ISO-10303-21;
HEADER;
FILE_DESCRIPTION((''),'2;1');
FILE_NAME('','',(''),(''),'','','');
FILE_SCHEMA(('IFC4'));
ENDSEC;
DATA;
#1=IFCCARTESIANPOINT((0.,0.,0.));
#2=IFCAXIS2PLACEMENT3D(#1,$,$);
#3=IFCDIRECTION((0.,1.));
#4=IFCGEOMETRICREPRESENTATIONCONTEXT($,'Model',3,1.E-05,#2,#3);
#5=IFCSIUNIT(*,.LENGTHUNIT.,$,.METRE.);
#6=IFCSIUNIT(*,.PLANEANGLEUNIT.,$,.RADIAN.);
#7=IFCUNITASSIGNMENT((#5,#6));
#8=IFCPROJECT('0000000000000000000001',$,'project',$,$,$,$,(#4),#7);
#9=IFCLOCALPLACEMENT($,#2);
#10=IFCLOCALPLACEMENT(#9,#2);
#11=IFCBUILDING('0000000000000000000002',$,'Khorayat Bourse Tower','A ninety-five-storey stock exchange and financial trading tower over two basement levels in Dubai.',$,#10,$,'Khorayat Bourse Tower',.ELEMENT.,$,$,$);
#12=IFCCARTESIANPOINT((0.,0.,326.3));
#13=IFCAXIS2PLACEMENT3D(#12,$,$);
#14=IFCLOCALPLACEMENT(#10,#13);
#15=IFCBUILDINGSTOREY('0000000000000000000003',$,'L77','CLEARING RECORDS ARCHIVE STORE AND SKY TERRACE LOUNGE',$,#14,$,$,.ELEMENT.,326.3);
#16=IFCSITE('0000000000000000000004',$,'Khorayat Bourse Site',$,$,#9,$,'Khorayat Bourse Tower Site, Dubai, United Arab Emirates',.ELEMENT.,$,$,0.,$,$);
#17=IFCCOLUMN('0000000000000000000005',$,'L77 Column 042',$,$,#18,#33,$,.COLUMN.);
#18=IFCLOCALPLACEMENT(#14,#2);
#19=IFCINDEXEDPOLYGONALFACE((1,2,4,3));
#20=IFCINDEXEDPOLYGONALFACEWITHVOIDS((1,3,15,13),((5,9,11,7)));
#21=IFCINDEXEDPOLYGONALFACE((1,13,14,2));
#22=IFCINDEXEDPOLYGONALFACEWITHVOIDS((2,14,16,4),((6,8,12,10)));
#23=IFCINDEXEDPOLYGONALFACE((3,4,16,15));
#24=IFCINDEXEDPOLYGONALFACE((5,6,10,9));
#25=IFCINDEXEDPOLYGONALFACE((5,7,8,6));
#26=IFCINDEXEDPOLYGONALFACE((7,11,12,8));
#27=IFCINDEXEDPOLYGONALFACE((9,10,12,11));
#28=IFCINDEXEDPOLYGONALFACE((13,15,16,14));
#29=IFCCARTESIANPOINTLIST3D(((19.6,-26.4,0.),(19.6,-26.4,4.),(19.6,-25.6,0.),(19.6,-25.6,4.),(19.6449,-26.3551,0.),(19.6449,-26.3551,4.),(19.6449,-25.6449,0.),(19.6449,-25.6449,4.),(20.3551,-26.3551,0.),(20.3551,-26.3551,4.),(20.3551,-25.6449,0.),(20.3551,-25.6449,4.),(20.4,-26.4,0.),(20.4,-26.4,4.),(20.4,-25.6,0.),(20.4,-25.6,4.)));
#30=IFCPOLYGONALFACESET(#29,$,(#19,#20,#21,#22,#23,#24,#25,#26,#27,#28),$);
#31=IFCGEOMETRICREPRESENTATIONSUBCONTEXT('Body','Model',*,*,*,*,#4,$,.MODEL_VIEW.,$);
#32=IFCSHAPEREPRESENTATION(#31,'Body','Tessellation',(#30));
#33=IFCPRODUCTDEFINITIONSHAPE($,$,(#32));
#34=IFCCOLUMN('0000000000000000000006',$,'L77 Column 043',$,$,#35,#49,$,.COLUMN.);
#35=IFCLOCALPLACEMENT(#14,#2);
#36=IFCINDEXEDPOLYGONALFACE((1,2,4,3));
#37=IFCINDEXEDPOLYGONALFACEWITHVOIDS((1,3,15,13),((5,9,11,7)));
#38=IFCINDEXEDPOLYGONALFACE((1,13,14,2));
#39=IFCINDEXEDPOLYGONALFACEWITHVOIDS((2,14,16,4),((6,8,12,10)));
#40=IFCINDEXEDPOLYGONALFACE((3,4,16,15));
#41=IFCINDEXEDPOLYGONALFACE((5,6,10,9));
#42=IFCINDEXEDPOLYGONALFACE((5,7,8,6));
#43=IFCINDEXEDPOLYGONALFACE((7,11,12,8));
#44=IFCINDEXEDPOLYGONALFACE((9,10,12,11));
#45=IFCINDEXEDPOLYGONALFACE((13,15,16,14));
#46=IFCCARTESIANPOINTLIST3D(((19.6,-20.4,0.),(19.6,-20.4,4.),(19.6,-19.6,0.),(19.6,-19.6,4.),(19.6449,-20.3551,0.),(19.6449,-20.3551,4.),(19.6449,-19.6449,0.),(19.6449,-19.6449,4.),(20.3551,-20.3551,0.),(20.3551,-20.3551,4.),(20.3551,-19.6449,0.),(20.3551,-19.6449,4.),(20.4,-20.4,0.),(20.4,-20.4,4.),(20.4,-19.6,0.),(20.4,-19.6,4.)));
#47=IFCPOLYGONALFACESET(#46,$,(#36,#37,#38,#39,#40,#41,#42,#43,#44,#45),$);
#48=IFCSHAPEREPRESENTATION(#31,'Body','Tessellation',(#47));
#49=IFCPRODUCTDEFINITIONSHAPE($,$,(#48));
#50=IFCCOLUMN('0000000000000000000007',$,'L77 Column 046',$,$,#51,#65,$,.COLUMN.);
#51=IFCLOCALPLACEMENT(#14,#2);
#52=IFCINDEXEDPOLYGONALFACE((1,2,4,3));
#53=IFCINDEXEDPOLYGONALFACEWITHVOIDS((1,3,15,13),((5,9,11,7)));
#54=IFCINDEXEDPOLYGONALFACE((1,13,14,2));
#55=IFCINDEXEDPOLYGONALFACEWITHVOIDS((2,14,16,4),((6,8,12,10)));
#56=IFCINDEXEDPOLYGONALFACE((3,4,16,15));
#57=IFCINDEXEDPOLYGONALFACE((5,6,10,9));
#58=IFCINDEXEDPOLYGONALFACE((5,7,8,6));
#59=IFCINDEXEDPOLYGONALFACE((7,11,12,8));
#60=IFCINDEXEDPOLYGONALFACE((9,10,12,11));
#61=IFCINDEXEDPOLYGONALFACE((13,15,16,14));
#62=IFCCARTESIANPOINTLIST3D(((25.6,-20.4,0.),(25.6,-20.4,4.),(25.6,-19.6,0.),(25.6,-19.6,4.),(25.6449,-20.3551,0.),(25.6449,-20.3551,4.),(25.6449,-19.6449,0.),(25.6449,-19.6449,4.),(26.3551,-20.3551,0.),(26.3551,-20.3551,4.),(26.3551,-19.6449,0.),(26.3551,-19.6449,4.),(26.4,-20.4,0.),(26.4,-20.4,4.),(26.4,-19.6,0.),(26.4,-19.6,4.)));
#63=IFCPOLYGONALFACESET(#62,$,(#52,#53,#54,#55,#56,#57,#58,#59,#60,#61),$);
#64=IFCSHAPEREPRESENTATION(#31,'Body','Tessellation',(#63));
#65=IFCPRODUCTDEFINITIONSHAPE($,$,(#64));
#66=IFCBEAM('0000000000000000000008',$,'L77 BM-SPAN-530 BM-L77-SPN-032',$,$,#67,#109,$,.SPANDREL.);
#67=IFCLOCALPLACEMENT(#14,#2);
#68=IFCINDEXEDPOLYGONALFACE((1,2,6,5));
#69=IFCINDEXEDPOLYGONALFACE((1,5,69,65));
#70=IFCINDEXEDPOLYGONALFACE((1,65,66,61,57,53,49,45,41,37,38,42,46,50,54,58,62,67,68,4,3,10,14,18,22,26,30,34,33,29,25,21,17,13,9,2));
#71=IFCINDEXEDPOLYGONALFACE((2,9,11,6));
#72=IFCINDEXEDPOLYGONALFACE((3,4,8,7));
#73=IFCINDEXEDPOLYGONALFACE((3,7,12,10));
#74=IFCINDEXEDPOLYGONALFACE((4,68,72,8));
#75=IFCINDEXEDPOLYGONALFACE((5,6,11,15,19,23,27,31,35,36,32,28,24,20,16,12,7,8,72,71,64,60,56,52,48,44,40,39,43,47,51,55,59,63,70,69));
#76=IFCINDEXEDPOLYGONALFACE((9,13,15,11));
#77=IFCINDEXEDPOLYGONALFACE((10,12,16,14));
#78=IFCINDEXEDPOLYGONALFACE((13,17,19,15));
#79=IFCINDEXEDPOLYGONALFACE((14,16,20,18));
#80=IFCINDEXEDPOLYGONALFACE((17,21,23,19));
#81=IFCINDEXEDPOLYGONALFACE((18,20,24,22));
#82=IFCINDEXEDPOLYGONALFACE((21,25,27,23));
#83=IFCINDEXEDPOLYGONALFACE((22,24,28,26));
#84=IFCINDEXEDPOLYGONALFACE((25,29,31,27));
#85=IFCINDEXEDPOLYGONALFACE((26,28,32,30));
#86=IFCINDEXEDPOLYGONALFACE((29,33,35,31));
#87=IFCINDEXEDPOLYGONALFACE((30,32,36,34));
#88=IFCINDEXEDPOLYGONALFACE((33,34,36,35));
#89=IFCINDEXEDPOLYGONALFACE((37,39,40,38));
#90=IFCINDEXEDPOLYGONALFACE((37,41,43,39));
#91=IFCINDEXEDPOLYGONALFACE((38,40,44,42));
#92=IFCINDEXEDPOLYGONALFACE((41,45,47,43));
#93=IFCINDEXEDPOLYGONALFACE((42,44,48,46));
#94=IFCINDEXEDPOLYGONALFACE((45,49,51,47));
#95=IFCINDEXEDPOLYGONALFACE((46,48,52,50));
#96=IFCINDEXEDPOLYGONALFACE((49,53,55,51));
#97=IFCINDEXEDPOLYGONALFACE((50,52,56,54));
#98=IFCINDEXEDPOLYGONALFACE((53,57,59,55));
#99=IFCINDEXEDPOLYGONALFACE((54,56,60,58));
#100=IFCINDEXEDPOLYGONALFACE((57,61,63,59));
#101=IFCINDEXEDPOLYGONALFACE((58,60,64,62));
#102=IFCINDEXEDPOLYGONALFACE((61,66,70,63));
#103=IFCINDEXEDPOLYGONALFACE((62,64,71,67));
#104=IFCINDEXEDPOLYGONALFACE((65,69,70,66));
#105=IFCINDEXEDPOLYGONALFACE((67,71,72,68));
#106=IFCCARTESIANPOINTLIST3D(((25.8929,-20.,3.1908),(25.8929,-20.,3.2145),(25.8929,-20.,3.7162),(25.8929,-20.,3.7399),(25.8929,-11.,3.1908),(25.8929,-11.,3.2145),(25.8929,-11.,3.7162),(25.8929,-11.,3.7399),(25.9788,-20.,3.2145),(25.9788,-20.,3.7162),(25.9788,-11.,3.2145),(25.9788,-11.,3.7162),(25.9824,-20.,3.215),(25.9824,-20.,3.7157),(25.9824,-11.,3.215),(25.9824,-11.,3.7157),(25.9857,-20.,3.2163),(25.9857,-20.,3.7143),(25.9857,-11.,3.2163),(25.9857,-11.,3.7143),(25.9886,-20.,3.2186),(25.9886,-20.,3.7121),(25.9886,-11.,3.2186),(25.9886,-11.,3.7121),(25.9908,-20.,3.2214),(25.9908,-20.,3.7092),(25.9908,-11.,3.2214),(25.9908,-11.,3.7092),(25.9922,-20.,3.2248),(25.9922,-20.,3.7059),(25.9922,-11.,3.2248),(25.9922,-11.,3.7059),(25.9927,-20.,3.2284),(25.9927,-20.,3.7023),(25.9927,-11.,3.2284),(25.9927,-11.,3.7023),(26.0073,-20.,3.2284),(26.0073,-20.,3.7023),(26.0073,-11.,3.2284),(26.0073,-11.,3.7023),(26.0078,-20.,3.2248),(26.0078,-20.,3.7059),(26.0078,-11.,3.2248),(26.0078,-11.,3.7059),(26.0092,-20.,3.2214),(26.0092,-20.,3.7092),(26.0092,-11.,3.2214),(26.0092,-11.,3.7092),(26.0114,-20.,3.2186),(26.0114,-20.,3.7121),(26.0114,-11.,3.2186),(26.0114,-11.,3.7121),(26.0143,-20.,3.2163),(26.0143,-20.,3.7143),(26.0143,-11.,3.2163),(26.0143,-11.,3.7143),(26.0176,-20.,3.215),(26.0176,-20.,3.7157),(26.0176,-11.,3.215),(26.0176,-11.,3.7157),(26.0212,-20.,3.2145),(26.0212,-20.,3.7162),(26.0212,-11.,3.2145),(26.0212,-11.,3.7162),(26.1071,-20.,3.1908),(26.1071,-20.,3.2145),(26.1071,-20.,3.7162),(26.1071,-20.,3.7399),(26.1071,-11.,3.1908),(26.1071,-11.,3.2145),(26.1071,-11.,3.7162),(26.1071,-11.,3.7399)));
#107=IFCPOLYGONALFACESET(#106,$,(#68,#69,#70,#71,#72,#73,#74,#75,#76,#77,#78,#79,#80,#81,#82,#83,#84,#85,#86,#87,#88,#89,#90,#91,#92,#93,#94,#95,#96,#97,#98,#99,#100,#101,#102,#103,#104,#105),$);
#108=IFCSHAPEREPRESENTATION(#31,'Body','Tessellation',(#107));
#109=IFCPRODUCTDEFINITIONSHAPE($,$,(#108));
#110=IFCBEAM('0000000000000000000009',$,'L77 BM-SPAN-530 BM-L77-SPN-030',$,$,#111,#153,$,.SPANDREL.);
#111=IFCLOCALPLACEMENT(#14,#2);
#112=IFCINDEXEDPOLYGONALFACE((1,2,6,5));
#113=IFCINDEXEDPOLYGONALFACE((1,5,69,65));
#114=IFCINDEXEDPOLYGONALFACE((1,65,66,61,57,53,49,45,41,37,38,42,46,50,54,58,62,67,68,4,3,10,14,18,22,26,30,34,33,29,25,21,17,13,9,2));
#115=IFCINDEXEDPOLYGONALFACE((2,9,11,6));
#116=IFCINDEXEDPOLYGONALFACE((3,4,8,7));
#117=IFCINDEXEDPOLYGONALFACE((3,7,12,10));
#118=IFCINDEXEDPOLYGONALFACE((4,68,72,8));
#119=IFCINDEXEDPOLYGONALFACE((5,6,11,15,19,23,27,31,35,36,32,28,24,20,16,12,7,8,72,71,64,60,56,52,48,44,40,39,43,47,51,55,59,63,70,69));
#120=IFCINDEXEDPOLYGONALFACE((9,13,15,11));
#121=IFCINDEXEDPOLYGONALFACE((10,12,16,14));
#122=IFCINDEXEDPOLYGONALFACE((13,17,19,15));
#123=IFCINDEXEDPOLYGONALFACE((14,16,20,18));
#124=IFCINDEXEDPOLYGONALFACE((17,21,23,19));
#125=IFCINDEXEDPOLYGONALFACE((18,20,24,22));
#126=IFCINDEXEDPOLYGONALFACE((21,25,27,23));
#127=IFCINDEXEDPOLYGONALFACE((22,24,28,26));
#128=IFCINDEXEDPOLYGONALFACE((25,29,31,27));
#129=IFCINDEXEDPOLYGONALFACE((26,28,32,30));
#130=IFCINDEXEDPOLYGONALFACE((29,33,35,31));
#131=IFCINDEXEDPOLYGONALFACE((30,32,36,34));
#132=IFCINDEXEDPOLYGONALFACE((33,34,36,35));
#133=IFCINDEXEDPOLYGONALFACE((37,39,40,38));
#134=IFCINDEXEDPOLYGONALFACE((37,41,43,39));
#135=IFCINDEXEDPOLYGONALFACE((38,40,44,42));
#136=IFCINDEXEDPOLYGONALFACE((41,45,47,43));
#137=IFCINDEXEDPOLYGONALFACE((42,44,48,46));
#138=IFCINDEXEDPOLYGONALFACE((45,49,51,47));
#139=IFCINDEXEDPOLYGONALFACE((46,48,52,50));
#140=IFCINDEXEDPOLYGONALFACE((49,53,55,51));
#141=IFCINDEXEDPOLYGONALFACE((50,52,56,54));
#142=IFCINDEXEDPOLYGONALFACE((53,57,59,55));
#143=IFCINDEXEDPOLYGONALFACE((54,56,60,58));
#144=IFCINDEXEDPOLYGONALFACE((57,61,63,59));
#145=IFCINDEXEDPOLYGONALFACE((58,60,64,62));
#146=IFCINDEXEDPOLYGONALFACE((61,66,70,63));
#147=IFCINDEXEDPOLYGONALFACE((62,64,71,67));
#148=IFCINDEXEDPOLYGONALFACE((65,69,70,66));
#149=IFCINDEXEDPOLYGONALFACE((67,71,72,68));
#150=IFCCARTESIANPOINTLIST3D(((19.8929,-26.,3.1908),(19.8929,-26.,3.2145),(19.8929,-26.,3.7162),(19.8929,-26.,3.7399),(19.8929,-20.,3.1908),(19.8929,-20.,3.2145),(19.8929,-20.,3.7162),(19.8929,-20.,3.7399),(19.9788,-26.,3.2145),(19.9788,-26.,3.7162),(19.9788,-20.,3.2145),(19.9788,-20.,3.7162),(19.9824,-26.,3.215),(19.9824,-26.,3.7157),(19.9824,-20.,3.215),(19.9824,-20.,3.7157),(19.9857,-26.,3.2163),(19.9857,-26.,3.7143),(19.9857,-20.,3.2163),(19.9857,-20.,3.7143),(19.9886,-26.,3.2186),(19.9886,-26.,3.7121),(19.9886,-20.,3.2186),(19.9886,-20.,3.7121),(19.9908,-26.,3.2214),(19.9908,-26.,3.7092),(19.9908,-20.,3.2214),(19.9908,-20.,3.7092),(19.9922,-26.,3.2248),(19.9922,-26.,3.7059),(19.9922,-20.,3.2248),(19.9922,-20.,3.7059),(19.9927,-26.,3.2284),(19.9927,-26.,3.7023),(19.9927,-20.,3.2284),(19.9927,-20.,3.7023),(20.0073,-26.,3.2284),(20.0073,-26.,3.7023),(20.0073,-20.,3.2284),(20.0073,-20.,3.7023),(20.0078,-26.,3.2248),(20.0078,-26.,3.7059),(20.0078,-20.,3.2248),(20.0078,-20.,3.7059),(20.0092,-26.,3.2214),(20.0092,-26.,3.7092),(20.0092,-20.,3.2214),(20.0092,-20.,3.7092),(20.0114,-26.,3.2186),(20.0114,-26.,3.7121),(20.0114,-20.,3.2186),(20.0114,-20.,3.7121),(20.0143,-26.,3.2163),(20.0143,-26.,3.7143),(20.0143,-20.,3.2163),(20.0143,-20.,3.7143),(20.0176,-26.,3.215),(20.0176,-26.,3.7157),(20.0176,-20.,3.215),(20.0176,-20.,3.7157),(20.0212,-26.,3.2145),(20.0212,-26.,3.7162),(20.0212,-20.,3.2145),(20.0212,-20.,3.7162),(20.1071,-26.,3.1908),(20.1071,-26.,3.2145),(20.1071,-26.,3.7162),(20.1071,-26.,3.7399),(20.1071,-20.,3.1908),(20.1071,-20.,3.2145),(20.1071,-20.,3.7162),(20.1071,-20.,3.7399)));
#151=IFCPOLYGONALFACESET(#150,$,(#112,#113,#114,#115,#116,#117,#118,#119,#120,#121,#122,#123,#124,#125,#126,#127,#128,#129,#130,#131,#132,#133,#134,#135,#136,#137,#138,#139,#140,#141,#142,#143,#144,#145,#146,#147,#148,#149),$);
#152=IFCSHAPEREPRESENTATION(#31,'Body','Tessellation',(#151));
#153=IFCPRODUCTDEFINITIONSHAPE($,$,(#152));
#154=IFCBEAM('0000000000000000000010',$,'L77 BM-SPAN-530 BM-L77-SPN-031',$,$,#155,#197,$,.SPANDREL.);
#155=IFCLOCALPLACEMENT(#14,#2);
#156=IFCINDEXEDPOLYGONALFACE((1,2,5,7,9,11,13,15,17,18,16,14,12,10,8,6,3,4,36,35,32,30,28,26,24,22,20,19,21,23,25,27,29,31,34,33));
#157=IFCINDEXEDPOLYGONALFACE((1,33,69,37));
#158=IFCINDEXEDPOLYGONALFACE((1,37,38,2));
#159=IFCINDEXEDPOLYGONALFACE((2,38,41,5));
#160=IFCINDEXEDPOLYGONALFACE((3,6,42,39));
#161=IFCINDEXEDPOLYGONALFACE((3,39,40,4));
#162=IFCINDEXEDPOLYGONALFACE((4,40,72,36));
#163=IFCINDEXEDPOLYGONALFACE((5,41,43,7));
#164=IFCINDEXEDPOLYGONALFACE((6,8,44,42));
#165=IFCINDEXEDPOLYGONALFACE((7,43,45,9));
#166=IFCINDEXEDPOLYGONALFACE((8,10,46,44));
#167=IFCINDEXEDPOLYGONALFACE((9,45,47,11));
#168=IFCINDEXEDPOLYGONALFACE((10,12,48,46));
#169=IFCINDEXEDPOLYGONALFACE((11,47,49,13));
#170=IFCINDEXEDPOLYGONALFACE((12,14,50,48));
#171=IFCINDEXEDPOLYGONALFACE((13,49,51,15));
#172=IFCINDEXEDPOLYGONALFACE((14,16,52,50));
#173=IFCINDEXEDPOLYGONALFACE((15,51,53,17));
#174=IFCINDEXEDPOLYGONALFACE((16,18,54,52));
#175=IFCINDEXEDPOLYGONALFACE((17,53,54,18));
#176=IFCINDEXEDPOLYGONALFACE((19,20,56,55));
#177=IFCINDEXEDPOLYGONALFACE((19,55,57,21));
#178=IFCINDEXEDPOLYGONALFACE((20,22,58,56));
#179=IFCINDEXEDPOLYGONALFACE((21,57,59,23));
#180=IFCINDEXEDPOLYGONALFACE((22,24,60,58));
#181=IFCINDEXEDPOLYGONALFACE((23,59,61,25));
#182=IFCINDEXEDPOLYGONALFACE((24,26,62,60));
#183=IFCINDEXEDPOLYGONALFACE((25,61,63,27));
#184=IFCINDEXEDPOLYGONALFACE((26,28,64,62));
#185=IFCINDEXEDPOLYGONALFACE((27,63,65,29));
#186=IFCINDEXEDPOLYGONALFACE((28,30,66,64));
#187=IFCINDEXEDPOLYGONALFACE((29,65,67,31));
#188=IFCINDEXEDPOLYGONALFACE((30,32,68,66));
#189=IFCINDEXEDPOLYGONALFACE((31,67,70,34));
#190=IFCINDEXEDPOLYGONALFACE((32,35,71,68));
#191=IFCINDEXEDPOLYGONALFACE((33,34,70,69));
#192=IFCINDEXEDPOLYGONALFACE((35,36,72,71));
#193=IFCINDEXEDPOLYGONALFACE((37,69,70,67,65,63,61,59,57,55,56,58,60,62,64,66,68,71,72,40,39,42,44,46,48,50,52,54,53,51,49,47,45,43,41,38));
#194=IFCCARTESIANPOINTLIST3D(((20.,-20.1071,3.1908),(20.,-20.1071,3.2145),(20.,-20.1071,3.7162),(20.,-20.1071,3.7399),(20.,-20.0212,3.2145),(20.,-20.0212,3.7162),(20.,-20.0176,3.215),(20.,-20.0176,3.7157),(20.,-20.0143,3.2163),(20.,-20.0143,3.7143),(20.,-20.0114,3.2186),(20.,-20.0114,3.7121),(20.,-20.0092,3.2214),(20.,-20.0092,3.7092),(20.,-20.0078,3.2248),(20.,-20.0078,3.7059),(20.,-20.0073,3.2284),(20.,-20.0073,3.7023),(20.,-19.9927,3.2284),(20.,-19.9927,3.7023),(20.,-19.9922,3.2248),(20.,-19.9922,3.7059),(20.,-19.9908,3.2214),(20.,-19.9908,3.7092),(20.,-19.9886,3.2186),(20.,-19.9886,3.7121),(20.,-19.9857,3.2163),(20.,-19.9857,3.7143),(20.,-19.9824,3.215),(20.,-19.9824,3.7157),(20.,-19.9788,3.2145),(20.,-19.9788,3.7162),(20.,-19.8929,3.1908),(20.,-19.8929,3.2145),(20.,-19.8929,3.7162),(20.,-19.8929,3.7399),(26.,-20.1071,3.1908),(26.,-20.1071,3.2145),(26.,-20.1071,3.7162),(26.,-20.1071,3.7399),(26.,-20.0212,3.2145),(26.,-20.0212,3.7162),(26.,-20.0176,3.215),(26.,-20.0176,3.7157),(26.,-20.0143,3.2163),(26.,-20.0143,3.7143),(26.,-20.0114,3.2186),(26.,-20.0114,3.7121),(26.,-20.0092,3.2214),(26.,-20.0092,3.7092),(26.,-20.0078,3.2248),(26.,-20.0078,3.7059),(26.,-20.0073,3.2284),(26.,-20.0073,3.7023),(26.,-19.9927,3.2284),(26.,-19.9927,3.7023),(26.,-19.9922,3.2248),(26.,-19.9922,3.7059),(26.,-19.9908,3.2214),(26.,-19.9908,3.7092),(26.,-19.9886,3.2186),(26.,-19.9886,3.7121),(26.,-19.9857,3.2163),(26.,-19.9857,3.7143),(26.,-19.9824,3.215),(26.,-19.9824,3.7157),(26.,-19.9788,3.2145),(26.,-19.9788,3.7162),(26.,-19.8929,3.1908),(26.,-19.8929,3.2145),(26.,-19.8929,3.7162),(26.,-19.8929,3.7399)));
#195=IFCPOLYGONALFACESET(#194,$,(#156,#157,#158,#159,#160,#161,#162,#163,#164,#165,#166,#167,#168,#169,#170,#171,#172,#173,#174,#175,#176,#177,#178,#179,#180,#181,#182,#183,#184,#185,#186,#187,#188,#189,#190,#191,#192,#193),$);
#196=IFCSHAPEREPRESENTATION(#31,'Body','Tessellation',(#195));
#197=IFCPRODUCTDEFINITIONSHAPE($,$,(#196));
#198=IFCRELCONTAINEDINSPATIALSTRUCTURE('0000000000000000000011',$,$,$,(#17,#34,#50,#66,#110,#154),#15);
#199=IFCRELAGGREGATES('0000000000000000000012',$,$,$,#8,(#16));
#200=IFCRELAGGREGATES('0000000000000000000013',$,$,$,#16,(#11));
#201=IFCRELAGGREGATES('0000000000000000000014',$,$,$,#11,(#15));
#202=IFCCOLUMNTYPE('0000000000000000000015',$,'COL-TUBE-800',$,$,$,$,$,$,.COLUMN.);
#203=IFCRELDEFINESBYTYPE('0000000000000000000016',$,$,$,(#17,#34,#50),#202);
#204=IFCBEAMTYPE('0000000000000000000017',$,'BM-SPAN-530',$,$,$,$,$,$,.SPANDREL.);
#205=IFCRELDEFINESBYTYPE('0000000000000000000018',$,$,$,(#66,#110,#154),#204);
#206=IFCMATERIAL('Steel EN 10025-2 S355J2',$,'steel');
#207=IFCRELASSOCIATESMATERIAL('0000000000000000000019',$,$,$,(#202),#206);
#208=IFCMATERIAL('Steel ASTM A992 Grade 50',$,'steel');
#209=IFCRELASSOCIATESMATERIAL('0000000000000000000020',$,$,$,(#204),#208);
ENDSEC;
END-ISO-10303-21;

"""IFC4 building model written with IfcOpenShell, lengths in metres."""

from ifc_helpers import new_model, si_unit, direction, frame, origin, origin_2d, place, context, subcontext, project, spatial, hollow_rectangle, i_section, extrude, source, transform, mapped, material, material_profile, profile_set, type_object, element, save


model = new_model("IFC4")

# Units and contexts
model_context = context("Model", 3, precision=1e-05, world=origin(), true_north=direction((0.0, 1.0)))
body_context = subcontext(model_context, "Body", "Model", "MODEL_VIEW")
ifc_project = project(units=[si_unit("LENGTHUNIT", "METRE"), si_unit("PLANEANGLEUNIT", "RADIAN")], contexts=[model_context])

# Site, building, storey
site_placement = place(None, origin())
site = spatial("IfcSite", under=ifc_project, at=site_placement, Name="Khorayat Bourse Site", LongName="Khorayat Bourse Tower Site, Dubai, United Arab Emirates", CompositionType="ELEMENT", RefElevation=0.0)
building_placement = place(site_placement, origin())
building = spatial("IfcBuilding", under=site, at=building_placement, Name="Khorayat Bourse Tower", Description="A ninety-five-storey stock exchange and financial trading tower over two basement levels in Dubai.", LongName="Khorayat Bourse Tower", CompositionType="ELEMENT")
storey_placement = place(building_placement, frame((0.0, 0.0, 326.3)))
storey = spatial("IfcBuildingStorey", under=building, at=storey_placement, Name="L77", Description="CLEARING RECORDS ARCHIVE STORE AND SKY TERRACE LOUNGE", CompositionType="ELEMENT", Elevation=326.3)

# Columns
ifc_material_1 = material(Name="Steel EN 10025-2 S355J2", Category="steel")
ifc_material_profile_1 = material_profile(ifc_material_1, hollow_rectangle(XDim=0.8, YDim=0.8, WallThickness=0.0449, at=origin_2d()), Name="BOX 800x800x45")
ifc_profile_set_1 = profile_set([ifc_material_profile_1], Name="Steel EN 10025-2 S355J2")
column_type = type_object("IfcColumnType", Name="COL-TUBE-800", PredefinedType="COLUMN", material=ifc_profile_set_1)
shared_shape_1 = source(origin(), body_context, "Body", "SweptSolid", [
    extrude(hollow_rectangle(XDim=0.8, YDim=0.8, WallThickness=0.0449, at=origin_2d()), origin(), (0.0, 0.0, 1.0), 4.0),
])
for number, where, z_axis, x_axis, name in (
    (1, (20.0, -26.0, 0.0), (0.0, 0.0, 1.0), (1.0, 0.0, 0.0), "L77 Column 042"),
    (2, (20.0, -20.0, 0.0), (0.0, 0.0, 1.0), (1.0, 0.0, 0.0), "L77 Column 043"),
    (3, (26.0, -20.0, 0.0), (0.0, 0.0, 1.0), (1.0, 0.0, 0.0), "L77 Column 046"),
):
    element("IfcColumn", number, at=place(storey_placement, frame(where, z_axis=z_axis, x_axis=x_axis)), inside=storey, type_object=column_type, Name=name, PredefinedType="COLUMN", context=body_context, shape_type="MappedRepresentation", body=[
        mapped(shared_shape_1, transform((0.0, 0.0, 0.0), scale=1.0)),
    ])

# Beams
ifc_material_2 = material(Name="Steel ASTM A992 Grade 50", Category="steel")
ifc_material_profile_2 = material_profile(ifc_material_2, i_section(OverallWidth=0.2141, OverallDepth=0.5491, WebThickness=0.0146, FlangeThickness=0.0237, FilletRadius=0.0139, at=origin_2d()), Name="W530X138")
ifc_profile_set_2 = profile_set([ifc_material_profile_2], Name="Steel ASTM A992 Grade 50")
beam_type_1 = type_object("IfcBeamType", Name="BM-SPAN-530", PredefinedType="SPANDREL", material=ifc_profile_set_2)
shared_shape_2 = source(origin(), body_context, "Body", "SweptSolid", [
    extrude(i_section(OverallWidth=0.2141, OverallDepth=0.5491, WebThickness=0.0146, FlangeThickness=0.0237, FilletRadius=0.0139, at=origin_2d()), origin(), (0.0, 0.0, 1.0), 9.0),
])
beam_1_placement = place(storey_placement, frame((26.0, -20.0, 3.4653), z_axis=(0.0, 1.0, 0.0), x_axis=(-1.0, 0.0, 0.0)))
element("IfcBeam", 4, at=beam_1_placement, inside=storey, type_object=beam_type_1, Name="L77 BM-SPAN-530 BM-L77-SPN-032", PredefinedType="SPANDREL", context=body_context, shape_type="MappedRepresentation", body=[
    mapped(shared_shape_2, transform((0.0, 0.0, 0.0), scale=1.0)),
])
shared_shape_3 = source(origin(), body_context, "Body", "SweptSolid", [
    extrude(i_section(OverallWidth=0.2141, OverallDepth=0.5491, WebThickness=0.0146, FlangeThickness=0.0237, FilletRadius=0.0139, at=origin_2d()), origin(), (0.0, 0.0, 1.0), 6.0),
])
for number, where, z_axis, x_axis, name in (
    (5, (20.0, -26.0, 3.4653), (0.0, 1.0, 0.0), (-1.0, 0.0, 0.0), "L77 BM-SPAN-530 BM-L77-SPN-030"),
    (6, (20.0, -20.0, 3.4653), (1.0, 0.0, 0.0), (0.0, 1.0, 0.0), "L77 BM-SPAN-530 BM-L77-SPN-031"),
):
    element("IfcBeam", number, at=place(storey_placement, frame(where, z_axis=z_axis, x_axis=x_axis)), inside=storey, type_object=beam_type_1, Name=name, PredefinedType="SPANDREL", context=body_context, shape_type="MappedRepresentation", body=[
        mapped(shared_shape_3, transform((0.0, 0.0, 0.0), scale=1.0)),
    ])

save(model, "model.ifc")
